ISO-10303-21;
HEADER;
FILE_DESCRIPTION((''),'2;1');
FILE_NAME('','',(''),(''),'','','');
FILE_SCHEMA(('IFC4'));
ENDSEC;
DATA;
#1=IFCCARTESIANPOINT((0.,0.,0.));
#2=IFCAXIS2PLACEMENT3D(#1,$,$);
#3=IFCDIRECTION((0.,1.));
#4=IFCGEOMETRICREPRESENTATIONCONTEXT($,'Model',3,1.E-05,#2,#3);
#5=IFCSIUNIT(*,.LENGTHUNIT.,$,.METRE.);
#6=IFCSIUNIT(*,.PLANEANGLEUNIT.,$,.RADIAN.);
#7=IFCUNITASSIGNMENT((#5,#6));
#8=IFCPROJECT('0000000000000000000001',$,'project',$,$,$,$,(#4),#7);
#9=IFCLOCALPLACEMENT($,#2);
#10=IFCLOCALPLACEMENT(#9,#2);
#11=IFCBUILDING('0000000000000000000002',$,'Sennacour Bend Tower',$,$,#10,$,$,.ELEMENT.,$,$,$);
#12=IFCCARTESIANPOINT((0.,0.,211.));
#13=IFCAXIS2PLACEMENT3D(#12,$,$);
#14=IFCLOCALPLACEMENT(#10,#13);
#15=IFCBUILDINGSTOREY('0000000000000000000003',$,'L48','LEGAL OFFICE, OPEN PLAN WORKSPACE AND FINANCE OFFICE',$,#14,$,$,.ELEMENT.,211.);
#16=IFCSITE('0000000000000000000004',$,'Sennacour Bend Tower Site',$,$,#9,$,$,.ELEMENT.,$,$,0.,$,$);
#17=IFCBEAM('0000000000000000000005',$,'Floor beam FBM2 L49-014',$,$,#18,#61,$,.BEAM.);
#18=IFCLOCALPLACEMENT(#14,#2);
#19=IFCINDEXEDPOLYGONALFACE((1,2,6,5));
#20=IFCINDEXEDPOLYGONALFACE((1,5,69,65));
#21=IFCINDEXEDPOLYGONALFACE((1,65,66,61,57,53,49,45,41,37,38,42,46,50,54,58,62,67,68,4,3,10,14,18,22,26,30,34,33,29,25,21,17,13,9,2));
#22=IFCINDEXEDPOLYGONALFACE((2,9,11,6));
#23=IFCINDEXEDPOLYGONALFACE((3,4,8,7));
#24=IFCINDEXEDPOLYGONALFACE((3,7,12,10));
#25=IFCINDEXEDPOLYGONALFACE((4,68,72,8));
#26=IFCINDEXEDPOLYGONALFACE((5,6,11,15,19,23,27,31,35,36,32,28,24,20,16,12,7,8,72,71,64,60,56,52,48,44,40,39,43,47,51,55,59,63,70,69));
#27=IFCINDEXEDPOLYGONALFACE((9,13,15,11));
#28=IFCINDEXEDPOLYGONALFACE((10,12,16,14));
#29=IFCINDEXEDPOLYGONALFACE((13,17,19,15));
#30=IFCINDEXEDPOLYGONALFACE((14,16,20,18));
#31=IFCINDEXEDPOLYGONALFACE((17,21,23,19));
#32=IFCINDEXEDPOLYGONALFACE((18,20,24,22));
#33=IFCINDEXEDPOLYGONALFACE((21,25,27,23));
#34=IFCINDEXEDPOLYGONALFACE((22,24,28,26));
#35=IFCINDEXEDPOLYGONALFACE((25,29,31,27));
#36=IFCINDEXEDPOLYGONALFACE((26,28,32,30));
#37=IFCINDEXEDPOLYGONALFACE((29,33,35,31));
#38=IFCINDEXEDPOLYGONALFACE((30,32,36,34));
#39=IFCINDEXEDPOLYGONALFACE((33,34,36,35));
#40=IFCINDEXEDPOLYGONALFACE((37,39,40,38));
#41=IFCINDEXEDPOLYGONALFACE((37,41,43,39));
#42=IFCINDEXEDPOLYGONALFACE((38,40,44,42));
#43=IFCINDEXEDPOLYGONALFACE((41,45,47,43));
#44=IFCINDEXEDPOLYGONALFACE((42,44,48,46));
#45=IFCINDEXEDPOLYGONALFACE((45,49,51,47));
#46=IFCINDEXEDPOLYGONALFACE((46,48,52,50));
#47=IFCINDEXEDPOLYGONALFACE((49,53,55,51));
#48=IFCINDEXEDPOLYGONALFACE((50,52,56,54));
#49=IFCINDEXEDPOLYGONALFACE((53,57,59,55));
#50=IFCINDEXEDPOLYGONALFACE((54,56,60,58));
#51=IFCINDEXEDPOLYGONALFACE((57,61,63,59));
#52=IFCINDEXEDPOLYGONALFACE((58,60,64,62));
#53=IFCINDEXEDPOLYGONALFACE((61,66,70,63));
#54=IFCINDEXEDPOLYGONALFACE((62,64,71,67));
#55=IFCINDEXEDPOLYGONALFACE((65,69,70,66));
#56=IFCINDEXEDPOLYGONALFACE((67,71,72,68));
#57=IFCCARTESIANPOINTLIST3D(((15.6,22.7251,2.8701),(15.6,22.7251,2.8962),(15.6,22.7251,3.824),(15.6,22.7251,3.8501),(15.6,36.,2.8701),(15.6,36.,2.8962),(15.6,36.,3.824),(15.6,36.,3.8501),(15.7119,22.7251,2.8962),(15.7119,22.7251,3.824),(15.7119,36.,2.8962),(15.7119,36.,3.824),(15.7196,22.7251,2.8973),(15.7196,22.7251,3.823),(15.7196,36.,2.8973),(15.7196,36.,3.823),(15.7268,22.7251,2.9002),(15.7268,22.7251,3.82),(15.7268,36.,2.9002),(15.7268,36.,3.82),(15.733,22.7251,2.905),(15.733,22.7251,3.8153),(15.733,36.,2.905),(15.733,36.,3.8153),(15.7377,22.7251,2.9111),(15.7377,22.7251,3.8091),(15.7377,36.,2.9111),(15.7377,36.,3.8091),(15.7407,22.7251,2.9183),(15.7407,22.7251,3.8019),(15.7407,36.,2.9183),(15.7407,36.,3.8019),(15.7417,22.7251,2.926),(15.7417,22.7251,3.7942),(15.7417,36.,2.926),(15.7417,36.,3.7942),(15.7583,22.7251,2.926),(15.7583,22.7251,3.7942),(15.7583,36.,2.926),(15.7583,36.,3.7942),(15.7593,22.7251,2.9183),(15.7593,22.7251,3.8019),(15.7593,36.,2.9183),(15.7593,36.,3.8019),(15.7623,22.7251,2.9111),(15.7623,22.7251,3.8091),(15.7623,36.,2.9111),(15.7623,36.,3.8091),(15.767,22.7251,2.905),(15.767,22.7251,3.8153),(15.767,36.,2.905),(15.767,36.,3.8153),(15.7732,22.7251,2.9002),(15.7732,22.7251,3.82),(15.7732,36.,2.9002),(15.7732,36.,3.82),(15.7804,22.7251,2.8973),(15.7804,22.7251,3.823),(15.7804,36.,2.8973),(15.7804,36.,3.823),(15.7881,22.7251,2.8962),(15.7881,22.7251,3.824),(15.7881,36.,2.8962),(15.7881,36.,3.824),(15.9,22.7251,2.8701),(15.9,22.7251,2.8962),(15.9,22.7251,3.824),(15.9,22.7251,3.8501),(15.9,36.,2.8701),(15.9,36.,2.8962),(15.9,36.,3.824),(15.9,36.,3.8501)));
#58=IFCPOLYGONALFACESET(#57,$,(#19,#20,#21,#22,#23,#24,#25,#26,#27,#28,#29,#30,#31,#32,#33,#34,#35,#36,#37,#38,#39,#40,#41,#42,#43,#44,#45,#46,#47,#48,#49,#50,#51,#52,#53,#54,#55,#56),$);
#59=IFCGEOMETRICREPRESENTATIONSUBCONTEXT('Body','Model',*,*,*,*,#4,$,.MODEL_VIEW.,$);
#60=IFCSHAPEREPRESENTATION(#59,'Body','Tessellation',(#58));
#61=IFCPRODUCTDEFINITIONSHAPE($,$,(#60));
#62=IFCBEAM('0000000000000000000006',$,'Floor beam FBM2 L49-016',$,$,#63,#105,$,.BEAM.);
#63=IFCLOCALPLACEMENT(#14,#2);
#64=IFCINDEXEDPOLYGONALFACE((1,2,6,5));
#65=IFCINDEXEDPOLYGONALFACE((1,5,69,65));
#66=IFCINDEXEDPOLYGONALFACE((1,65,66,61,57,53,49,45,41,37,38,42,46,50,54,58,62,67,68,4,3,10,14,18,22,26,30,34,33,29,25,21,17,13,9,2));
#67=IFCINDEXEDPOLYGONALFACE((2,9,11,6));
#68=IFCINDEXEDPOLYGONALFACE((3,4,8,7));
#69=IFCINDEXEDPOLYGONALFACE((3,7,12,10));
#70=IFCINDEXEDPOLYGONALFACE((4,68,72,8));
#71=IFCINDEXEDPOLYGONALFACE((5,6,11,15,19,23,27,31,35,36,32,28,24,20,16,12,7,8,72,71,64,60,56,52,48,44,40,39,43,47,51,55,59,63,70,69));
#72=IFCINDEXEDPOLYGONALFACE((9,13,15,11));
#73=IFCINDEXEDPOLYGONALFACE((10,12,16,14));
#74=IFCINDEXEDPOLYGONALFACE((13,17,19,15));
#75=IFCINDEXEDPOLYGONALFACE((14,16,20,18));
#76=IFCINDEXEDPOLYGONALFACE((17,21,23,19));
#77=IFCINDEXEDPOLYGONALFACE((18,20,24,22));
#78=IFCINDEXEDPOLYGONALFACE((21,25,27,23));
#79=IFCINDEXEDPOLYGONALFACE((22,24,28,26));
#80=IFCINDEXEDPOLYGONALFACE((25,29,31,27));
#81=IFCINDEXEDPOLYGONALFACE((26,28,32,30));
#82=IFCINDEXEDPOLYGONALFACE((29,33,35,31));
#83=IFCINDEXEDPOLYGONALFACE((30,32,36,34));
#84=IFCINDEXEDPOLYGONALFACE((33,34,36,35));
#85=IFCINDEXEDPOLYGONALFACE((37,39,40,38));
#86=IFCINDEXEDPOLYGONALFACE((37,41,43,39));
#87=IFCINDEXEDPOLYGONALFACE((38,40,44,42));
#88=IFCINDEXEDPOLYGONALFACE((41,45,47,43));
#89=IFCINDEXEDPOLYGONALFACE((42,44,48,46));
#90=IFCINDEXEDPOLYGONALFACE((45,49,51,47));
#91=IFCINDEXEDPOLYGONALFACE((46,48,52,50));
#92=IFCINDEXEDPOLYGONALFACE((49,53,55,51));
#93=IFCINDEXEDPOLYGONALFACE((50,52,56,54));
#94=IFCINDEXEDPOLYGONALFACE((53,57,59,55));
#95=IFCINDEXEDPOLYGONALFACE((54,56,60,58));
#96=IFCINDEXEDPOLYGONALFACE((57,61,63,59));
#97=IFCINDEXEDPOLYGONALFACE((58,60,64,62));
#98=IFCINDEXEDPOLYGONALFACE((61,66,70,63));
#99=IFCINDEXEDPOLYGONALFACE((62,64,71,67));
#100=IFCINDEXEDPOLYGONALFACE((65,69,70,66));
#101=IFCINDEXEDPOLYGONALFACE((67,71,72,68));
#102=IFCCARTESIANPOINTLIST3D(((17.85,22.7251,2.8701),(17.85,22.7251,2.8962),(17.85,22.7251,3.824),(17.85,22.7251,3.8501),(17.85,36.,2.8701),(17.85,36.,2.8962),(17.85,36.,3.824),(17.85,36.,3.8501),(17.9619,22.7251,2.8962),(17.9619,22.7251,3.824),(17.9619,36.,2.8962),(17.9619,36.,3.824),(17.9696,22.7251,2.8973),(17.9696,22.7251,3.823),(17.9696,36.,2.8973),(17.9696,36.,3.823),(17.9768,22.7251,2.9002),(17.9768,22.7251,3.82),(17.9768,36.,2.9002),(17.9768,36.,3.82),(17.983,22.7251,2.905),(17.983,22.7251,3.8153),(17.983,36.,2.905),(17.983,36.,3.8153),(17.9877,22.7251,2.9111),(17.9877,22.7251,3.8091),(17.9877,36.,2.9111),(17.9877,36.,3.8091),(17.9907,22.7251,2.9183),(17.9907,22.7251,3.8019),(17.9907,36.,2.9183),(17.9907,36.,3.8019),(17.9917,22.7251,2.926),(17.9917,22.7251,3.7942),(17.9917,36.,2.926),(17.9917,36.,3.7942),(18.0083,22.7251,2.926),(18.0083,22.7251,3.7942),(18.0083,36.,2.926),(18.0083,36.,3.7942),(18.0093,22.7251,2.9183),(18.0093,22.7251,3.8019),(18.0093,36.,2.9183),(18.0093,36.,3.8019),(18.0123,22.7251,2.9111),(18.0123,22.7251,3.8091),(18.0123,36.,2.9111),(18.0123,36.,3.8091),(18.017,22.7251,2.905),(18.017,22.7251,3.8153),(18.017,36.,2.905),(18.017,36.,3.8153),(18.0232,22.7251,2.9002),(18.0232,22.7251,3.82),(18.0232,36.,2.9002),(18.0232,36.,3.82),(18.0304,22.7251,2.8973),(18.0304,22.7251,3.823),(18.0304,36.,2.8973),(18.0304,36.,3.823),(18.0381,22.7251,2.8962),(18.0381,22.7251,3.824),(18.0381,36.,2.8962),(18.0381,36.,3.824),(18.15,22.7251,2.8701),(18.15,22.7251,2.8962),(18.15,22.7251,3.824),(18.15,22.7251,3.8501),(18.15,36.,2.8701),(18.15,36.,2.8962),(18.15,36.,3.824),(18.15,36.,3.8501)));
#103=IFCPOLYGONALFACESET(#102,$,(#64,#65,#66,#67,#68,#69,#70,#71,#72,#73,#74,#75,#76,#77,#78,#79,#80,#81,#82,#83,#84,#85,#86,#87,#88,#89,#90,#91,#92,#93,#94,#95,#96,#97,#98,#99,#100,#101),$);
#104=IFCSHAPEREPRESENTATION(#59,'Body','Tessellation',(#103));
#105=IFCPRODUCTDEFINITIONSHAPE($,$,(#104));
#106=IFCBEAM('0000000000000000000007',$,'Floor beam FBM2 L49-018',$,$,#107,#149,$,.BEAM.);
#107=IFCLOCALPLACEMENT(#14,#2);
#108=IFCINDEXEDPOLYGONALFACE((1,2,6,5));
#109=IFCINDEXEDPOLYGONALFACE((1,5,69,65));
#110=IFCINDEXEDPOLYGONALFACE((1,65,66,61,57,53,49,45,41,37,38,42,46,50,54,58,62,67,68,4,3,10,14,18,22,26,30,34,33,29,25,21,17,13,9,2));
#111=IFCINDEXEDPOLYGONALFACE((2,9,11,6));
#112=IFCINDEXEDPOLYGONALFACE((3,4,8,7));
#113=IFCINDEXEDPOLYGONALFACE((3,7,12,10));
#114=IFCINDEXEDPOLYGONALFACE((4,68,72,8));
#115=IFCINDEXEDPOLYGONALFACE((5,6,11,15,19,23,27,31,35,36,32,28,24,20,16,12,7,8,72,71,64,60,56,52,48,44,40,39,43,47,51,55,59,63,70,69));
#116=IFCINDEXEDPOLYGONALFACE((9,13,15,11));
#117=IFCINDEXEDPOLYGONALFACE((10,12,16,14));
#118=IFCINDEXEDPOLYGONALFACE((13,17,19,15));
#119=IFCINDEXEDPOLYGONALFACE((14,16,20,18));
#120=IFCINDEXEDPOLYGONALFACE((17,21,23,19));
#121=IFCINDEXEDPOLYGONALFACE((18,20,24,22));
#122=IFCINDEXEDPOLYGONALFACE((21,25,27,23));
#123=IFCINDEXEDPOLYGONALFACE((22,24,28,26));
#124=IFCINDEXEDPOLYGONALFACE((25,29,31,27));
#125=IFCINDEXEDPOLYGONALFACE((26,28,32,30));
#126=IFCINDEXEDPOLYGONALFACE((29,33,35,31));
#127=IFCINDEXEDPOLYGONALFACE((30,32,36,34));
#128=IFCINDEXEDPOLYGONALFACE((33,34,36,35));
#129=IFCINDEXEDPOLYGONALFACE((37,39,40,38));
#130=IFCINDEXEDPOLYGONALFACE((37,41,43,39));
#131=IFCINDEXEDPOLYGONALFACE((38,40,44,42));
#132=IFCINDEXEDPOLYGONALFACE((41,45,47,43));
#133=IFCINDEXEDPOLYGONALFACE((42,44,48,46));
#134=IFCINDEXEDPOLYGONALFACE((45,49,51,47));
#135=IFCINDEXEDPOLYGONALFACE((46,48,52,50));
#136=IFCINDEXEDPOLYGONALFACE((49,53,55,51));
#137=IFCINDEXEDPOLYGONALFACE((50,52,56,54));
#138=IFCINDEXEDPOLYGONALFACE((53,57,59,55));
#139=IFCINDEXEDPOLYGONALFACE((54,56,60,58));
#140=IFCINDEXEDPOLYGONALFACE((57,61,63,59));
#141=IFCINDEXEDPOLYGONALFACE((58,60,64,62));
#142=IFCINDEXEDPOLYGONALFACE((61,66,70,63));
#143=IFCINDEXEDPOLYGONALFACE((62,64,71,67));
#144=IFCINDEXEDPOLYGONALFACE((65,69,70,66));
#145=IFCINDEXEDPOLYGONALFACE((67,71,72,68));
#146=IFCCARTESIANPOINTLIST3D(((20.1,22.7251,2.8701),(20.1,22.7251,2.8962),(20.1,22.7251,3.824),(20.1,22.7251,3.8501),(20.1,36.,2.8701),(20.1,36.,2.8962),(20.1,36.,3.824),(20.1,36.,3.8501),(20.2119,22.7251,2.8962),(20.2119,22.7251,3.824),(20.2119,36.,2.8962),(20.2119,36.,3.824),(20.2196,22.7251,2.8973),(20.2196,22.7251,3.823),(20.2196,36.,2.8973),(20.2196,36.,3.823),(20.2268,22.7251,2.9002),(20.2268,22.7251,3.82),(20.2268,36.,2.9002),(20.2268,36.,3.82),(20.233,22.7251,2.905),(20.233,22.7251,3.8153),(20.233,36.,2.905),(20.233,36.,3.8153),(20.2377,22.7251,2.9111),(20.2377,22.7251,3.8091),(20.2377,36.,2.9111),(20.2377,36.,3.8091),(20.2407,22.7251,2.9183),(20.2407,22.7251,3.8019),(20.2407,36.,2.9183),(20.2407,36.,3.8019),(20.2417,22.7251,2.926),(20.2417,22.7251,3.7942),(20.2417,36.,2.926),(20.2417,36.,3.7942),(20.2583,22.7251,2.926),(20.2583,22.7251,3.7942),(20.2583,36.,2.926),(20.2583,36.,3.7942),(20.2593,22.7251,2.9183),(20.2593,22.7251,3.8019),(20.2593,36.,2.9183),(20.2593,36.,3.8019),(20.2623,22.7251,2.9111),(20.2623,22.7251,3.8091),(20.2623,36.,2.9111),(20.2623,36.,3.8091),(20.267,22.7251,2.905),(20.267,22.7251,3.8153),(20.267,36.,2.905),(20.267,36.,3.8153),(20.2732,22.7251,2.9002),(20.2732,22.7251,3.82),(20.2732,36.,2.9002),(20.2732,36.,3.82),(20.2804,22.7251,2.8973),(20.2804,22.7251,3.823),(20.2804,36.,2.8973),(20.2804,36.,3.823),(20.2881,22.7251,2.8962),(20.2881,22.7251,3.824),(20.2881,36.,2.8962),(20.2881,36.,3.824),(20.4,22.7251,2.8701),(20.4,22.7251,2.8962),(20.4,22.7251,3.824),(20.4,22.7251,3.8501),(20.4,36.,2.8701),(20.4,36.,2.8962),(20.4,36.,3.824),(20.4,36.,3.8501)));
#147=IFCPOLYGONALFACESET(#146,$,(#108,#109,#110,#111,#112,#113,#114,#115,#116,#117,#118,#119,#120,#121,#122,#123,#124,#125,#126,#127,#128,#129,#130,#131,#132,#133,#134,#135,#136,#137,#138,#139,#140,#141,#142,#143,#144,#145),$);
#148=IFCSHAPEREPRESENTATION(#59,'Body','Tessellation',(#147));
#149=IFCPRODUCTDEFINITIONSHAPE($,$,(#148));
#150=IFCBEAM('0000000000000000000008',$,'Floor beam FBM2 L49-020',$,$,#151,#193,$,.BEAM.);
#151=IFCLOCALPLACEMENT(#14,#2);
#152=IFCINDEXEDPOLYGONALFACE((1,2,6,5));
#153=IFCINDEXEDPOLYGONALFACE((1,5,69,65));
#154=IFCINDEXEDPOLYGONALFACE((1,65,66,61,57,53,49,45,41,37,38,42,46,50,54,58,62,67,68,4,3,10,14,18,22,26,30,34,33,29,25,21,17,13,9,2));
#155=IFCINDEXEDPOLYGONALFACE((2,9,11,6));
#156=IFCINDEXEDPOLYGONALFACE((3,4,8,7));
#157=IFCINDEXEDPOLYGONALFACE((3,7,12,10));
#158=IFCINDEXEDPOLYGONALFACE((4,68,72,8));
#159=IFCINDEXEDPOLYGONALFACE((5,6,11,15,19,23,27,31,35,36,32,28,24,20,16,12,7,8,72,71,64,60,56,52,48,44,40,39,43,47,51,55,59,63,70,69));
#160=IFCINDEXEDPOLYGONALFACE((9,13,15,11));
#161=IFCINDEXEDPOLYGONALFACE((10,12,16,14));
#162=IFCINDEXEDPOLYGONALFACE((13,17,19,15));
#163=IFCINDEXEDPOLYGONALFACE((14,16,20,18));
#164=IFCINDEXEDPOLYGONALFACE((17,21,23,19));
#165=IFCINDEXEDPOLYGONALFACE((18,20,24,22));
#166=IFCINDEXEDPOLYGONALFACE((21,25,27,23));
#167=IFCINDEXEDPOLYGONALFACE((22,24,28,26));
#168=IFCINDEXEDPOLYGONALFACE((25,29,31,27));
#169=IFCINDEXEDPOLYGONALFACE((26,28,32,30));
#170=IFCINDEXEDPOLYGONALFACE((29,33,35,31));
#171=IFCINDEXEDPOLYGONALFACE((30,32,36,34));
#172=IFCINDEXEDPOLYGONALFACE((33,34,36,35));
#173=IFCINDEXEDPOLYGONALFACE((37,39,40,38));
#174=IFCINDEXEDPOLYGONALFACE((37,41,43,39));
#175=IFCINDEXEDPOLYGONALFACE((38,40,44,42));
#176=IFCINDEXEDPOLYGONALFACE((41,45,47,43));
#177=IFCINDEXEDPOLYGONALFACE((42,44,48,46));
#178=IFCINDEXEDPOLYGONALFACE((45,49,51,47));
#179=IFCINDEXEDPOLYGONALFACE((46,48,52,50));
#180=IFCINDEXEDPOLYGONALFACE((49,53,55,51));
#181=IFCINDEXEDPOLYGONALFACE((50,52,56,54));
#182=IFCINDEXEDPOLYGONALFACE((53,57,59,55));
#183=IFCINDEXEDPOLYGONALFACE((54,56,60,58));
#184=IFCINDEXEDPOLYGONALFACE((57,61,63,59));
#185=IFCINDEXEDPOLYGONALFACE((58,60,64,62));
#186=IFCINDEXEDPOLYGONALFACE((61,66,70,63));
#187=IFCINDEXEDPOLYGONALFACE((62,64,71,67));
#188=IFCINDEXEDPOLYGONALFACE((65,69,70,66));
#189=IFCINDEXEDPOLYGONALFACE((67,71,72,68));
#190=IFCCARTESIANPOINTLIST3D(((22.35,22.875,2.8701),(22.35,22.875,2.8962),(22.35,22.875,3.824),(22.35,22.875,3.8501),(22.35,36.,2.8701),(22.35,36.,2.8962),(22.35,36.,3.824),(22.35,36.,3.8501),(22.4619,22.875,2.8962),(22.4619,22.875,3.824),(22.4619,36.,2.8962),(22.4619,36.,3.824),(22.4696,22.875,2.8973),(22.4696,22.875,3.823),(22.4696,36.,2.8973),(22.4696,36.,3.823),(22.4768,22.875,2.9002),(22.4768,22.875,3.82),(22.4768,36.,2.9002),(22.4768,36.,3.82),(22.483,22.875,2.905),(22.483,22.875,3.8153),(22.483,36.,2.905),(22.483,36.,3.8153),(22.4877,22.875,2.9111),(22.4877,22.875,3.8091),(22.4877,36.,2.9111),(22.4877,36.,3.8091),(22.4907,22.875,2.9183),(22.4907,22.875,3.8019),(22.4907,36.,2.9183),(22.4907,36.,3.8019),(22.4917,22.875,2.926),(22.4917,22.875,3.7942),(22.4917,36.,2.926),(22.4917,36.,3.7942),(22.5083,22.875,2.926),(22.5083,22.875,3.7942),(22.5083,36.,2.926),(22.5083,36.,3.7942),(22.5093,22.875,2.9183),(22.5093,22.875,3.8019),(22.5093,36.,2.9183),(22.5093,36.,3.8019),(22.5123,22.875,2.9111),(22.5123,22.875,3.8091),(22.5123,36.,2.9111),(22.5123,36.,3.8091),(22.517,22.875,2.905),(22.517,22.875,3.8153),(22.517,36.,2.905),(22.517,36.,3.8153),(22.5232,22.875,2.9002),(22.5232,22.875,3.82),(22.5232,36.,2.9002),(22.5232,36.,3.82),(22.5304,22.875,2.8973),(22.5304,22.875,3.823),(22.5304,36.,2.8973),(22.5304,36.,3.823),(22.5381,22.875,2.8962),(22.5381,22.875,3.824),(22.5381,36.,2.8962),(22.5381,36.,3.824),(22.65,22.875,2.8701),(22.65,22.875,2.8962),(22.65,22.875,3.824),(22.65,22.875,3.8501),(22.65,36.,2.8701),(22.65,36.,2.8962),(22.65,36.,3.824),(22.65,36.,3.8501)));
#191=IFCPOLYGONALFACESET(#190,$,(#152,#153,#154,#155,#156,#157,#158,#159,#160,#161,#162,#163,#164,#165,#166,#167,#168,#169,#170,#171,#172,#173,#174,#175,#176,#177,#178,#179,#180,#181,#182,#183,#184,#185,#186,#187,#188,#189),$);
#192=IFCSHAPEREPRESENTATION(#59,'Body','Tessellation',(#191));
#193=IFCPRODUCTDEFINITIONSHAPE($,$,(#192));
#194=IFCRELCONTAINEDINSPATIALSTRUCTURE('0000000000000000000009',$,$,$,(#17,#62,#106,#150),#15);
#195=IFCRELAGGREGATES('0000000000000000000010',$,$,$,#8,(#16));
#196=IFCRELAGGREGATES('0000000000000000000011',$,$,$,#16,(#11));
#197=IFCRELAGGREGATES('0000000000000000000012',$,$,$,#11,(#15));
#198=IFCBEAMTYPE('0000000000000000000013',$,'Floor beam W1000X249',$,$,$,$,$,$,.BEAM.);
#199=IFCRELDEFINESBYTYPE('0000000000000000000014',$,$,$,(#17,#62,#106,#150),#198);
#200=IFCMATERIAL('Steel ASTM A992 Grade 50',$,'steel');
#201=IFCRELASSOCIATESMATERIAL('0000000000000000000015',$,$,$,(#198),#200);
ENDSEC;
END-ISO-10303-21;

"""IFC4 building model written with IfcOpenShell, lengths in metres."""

from ifc_helpers import new_model, si_unit, direction, frame, origin, origin_2d, place, context, subcontext, project, spatial, i_section, extrude, material, material_profile, profile_set, type_object, element, save


model = new_model("IFC4")

# Units and contexts
model_context = context("Model", 3, precision=1e-05, world=origin(), true_north=direction((0.0, 1.0)))
body_context = subcontext(model_context, "Body", "Model", "MODEL_VIEW")
ifc_project = project(units=[si_unit("LENGTHUNIT", "METRE"), si_unit("PLANEANGLEUNIT", "RADIAN")], contexts=[model_context])

# Site, building, storey
site_placement = place(None, origin())
site = spatial("IfcSite", under=ifc_project, at=site_placement, Name="Sennacour Bend Tower Site", CompositionType="ELEMENT", RefElevation=0.0)
building_placement = place(site_placement, origin())
building = spatial("IfcBuilding", under=site, at=building_placement, Name="Sennacour Bend Tower", CompositionType="ELEMENT")
storey_placement = place(building_placement, frame((0.0, 0.0, 211.0)))
storey = spatial("IfcBuildingStorey", under=building, at=storey_placement, Name="L48", Description="LEGAL OFFICE, OPEN PLAN WORKSPACE AND FINANCE OFFICE", CompositionType="ELEMENT", Elevation=211.0)

# Beams
ifc_material_1 = material(Name="Steel ASTM A992 Grade 50", Category="steel")
ifc_material_profile_1 = material_profile(ifc_material_1, i_section(OverallWidth=0.3, OverallDepth=0.98, WebThickness=0.0166, FlangeThickness=0.0261, FilletRadius=0.0298, at=origin_2d()), Name="Steel ASTM A992 Grade 50", Category="steel")
ifc_profile_set_1 = profile_set([ifc_material_profile_1], Name="Steel ASTM A992 Grade 50")
beam_type_1 = type_object("IfcBeamType", Name="Floor beam W1000X249", PredefinedType="BEAM", material=ifc_profile_set_1)
for number, where, z_axis, x_axis, name in (
    (1, (15.75, 22.7251, 3.3601), (0.0, 1.0, 0.0), (-1.0, 0.0, 0.0), "Floor beam FBM2 L49-014"),
    (2, (18.0, 22.7251, 3.3601), (0.0, 1.0, 0.0), (-1.0, 0.0, 0.0), "Floor beam FBM2 L49-016"),
    (3, (20.25, 22.7251, 3.3601), (0.0, 1.0, 0.0), (-1.0, 0.0, 0.0), "Floor beam FBM2 L49-018"),
):
    element("IfcBeam", number, at=place(storey_placement, frame(where, z_axis=z_axis, x_axis=x_axis)), inside=storey, type_object=beam_type_1, Name=name, PredefinedType="BEAM", context=body_context, shape_type="SweptSolid", body=[
        extrude(i_section(OverallWidth=0.3, OverallDepth=0.98, WebThickness=0.0166, FlangeThickness=0.0261, FilletRadius=0.0298, at=origin_2d()), origin(), (0.0, 0.0, 1.0), 13.2749),
    ])
beam_1_placement = place(storey_placement, frame((22.5, 22.875, 3.3601), z_axis=(0.0, 1.0, 0.0), x_axis=(-1.0, 0.0, 0.0)))
element("IfcBeam", 4, at=beam_1_placement, inside=storey, type_object=beam_type_1, Name="Floor beam FBM2 L49-020", PredefinedType="BEAM", context=body_context, shape_type="SweptSolid", body=[
    extrude(i_section(OverallWidth=0.3, OverallDepth=0.98, WebThickness=0.0166, FlangeThickness=0.0261, FilletRadius=0.0298, at=origin_2d()), origin(), (0.0, 0.0, 1.0), 13.125),
])

save(model, "model.ifc")
